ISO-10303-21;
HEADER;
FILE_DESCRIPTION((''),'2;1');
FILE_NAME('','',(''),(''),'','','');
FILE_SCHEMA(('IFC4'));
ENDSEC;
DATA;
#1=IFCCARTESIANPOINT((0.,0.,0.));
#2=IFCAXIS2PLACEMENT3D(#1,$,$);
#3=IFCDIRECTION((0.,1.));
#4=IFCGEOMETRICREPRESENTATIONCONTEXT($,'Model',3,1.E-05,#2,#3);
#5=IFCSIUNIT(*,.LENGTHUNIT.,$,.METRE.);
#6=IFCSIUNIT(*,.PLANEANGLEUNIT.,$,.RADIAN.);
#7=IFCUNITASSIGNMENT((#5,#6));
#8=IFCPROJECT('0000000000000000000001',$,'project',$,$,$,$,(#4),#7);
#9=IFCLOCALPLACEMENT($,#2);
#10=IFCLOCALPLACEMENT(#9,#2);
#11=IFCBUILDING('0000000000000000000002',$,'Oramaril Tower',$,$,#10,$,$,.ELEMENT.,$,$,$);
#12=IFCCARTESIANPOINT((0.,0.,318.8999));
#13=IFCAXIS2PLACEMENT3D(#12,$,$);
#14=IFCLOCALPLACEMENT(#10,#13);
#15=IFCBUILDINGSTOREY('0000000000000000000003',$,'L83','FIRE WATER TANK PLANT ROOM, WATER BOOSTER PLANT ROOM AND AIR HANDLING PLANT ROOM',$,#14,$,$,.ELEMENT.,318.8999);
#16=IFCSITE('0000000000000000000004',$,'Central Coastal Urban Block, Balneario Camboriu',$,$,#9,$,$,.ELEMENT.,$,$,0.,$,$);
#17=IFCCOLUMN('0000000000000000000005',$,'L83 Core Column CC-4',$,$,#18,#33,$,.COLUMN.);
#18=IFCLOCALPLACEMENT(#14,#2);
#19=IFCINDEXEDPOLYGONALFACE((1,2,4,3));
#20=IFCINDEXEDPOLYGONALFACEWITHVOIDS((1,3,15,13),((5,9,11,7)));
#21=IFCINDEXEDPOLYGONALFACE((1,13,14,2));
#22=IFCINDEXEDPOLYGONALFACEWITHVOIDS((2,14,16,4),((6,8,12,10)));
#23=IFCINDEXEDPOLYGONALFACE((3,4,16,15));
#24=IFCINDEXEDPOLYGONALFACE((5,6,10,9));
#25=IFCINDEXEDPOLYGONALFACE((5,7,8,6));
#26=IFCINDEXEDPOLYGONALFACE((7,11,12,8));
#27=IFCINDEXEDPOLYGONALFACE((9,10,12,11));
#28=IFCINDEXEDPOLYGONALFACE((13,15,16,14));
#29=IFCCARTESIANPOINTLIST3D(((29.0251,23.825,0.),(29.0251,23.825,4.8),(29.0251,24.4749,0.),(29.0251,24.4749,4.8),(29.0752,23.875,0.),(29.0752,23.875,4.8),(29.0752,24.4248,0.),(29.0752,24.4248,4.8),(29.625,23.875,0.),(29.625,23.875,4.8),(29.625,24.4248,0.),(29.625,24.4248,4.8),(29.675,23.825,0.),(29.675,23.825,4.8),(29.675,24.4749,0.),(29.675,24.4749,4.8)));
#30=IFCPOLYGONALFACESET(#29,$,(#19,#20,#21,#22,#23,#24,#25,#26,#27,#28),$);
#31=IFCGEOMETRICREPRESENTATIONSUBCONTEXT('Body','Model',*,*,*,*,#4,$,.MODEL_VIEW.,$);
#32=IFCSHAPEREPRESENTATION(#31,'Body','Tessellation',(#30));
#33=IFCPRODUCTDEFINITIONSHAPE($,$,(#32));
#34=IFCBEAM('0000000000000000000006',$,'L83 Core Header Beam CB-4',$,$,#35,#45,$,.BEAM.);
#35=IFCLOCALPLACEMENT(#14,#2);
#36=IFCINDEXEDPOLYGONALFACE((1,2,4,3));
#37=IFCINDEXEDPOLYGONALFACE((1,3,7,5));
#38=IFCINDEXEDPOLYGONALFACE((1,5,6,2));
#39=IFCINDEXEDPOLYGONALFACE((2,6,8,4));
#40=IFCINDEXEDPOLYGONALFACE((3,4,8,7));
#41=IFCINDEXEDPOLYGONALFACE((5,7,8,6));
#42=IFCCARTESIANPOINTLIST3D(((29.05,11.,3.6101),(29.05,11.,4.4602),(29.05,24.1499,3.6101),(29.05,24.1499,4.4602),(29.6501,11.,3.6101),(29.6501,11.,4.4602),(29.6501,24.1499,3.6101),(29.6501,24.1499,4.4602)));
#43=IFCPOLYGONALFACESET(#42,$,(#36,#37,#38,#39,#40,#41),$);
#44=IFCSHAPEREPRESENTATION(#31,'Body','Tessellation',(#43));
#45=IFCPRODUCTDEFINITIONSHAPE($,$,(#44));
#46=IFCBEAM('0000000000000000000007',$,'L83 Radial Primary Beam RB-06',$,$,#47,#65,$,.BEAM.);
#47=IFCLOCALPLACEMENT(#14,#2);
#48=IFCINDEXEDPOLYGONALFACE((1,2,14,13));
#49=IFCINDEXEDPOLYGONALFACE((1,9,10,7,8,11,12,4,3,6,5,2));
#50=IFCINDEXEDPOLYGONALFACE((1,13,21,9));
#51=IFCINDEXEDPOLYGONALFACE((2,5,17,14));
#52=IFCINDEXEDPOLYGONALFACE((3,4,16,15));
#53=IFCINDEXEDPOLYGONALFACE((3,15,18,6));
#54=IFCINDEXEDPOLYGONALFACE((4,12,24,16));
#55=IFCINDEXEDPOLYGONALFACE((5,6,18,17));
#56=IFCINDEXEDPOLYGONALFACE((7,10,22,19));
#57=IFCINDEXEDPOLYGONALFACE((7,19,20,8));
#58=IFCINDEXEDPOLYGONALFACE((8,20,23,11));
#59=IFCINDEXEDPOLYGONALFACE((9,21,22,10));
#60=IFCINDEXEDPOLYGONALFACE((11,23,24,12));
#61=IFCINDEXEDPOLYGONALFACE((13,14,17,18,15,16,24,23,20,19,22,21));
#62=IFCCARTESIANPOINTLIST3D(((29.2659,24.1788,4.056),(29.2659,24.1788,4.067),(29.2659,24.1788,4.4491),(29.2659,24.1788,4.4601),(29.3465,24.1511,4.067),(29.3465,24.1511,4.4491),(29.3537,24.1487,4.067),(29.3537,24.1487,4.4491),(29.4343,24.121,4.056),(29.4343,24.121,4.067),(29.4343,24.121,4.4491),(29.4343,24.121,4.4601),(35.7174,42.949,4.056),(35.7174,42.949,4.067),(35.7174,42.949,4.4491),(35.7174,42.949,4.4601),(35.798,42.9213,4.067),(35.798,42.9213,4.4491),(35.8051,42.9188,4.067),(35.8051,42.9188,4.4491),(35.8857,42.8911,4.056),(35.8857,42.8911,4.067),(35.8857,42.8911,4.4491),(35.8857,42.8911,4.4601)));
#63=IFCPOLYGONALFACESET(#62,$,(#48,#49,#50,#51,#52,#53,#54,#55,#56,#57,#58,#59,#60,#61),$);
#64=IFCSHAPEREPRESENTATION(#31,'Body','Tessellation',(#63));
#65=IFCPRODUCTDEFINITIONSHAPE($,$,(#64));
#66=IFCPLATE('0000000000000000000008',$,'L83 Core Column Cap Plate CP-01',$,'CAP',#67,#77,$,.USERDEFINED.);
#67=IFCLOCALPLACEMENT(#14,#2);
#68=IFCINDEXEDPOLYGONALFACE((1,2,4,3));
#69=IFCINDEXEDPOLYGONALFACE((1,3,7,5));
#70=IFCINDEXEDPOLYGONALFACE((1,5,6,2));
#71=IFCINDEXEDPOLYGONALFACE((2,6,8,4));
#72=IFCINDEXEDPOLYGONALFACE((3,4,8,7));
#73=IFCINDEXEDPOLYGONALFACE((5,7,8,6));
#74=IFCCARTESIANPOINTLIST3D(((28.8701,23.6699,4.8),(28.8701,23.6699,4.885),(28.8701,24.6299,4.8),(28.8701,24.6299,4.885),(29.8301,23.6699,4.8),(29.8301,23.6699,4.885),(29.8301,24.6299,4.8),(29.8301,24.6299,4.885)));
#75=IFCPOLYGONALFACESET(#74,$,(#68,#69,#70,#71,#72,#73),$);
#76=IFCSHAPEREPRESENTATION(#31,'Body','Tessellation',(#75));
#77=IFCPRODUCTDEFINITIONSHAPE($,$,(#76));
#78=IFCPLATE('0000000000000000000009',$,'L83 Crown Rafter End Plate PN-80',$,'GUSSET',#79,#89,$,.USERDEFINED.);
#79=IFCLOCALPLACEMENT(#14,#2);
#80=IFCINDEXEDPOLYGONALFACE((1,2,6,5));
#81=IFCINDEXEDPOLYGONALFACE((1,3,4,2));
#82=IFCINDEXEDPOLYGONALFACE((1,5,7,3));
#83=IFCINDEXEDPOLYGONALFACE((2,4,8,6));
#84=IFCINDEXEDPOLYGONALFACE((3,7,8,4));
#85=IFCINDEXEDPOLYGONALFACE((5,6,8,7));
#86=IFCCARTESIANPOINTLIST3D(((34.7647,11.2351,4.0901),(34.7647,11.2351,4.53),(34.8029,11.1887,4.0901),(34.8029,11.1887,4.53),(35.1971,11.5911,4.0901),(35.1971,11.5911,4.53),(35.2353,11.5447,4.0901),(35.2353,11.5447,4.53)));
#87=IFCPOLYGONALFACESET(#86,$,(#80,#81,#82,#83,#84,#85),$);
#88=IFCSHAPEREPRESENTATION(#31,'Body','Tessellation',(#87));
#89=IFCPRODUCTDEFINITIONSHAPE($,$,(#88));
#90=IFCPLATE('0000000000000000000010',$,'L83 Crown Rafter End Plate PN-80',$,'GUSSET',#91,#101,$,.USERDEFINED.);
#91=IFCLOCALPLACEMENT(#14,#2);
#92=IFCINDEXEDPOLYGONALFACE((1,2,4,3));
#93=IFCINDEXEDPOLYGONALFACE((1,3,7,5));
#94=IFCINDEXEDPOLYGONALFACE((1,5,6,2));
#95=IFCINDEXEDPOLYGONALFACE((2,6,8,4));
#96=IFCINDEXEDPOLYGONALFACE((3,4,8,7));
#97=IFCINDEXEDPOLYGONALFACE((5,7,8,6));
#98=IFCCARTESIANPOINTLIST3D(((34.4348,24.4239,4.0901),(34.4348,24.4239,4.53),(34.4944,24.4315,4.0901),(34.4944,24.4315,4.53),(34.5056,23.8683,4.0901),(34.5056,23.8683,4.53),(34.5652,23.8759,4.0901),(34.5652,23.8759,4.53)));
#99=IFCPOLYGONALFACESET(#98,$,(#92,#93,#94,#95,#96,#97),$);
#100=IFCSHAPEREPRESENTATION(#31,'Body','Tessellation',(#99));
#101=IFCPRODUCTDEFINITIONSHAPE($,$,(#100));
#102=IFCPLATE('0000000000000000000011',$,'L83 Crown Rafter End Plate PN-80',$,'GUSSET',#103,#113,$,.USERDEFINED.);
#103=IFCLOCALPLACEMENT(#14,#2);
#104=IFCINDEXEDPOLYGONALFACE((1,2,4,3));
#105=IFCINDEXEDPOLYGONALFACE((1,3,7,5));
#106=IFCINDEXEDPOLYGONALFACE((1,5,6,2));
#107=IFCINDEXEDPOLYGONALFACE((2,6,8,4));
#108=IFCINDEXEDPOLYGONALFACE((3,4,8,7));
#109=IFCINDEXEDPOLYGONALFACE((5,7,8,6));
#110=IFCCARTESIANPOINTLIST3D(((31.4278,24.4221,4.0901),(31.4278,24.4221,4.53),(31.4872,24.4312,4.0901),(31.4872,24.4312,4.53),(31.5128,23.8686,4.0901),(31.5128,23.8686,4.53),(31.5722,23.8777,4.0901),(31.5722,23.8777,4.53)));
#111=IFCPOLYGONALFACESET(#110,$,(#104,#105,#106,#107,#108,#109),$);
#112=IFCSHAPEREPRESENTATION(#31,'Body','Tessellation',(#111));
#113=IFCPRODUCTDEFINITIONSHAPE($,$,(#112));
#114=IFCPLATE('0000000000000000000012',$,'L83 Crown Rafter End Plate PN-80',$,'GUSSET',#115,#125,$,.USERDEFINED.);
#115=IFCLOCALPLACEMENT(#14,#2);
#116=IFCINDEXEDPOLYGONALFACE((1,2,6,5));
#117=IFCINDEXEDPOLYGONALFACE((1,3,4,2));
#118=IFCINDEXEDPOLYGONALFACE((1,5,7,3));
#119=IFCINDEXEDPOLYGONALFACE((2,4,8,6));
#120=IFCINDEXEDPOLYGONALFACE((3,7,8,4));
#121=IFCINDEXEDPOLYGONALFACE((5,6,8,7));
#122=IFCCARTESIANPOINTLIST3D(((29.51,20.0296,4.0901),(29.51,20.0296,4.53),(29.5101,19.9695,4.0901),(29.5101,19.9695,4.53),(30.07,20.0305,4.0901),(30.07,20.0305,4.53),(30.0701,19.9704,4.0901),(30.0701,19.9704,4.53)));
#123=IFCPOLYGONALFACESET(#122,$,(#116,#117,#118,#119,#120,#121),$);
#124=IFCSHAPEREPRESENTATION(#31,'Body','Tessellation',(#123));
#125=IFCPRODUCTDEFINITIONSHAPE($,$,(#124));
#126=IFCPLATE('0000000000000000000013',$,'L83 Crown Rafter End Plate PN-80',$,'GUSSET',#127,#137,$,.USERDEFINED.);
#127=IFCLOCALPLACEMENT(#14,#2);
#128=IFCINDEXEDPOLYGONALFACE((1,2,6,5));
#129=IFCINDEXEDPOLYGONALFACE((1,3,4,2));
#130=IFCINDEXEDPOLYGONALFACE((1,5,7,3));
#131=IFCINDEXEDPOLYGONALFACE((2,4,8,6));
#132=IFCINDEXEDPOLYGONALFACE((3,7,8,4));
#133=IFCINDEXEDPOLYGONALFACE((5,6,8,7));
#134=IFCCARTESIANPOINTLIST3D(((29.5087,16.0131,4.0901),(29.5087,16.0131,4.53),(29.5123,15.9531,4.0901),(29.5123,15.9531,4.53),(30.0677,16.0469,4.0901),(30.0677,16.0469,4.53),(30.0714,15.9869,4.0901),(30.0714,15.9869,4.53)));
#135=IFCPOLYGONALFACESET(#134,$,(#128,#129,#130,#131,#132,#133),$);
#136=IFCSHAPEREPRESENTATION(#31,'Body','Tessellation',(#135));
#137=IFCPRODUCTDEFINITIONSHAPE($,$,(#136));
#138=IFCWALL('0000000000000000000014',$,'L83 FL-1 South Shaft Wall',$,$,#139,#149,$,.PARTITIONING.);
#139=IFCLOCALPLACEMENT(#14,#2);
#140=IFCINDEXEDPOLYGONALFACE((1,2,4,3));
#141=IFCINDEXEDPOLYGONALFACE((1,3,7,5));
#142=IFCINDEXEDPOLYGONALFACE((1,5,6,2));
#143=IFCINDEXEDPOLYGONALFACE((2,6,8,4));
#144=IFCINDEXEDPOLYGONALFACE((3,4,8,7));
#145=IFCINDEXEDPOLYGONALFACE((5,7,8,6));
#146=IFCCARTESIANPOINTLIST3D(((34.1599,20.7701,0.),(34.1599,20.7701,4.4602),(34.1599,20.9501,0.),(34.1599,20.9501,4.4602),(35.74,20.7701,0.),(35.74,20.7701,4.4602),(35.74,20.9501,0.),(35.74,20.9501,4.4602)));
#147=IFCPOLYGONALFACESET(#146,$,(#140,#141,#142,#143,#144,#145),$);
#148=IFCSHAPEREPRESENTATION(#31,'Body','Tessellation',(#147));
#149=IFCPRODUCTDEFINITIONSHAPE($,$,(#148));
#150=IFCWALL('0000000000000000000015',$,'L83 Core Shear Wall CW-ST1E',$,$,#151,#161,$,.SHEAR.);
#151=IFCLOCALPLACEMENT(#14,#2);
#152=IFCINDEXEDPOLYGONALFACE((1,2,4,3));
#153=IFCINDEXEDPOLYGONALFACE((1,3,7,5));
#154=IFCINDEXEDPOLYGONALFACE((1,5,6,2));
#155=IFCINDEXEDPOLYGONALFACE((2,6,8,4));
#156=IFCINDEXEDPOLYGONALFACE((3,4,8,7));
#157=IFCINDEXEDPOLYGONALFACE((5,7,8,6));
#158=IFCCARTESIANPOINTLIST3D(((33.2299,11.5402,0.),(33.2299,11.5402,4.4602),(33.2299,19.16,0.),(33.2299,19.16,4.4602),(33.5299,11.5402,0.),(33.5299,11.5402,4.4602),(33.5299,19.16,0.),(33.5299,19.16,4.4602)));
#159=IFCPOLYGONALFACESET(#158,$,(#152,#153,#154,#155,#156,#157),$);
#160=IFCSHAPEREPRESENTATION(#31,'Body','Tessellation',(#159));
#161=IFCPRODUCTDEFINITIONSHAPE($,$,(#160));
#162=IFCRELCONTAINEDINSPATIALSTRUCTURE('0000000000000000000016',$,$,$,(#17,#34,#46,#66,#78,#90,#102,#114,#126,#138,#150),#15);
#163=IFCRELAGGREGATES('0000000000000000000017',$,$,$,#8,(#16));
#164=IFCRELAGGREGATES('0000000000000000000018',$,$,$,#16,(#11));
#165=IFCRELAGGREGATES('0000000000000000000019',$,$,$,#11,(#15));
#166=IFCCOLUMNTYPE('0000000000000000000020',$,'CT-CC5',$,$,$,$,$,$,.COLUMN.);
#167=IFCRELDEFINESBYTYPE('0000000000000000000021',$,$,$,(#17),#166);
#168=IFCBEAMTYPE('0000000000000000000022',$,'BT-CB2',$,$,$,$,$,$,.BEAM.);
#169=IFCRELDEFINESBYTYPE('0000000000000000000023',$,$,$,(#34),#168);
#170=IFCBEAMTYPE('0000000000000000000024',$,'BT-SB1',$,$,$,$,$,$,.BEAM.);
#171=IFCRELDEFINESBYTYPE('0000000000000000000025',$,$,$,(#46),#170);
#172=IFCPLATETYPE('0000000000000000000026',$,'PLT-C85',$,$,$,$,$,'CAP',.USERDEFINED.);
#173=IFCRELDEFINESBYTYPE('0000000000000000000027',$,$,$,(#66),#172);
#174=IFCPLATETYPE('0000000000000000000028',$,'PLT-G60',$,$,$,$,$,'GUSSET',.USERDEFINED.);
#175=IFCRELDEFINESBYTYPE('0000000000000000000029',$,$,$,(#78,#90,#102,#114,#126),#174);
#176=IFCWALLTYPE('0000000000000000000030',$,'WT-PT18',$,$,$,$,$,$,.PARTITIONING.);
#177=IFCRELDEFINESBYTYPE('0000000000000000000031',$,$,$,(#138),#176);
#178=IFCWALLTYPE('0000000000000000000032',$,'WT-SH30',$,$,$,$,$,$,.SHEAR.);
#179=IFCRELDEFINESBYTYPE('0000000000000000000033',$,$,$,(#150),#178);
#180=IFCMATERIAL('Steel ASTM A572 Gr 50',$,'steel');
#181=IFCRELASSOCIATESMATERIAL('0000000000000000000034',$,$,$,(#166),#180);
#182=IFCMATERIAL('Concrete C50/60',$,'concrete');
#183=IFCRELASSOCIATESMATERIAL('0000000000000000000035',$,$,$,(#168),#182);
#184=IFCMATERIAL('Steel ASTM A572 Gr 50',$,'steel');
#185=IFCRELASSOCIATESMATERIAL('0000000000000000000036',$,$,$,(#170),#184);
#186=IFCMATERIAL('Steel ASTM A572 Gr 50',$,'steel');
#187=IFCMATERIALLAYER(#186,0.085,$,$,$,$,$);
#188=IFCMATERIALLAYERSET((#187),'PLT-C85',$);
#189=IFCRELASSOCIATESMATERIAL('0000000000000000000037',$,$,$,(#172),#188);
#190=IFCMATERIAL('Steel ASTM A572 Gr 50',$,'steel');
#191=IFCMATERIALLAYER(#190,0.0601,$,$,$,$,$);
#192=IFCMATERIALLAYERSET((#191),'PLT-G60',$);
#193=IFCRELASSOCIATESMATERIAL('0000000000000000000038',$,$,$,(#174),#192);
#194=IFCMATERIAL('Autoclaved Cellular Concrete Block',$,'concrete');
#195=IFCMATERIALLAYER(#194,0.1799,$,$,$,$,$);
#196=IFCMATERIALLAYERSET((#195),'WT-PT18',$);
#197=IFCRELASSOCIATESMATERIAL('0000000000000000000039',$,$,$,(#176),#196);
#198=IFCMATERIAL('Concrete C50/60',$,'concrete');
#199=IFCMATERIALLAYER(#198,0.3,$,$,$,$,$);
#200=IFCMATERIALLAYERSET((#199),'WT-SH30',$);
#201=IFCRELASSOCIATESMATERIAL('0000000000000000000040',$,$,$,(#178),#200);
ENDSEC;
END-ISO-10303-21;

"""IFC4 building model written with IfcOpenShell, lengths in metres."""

from ifc_helpers import new_model, si_unit, direction, frame, frame_2d, origin, origin_2d, place, context, subcontext, project, spatial, rectangle, hollow_rectangle, i_section, extrude, material, layer, layer_set, material_profile, profile_set, type_object, element, save


model = new_model("IFC4")

# Units and contexts
model_context = context("Model", 3, precision=1e-05, world=origin(), true_north=direction((0.0, 1.0)))
body_context = subcontext(model_context, "Body", "Model", "MODEL_VIEW")
ifc_project = project(units=[si_unit("LENGTHUNIT", "METRE"), si_unit("PLANEANGLEUNIT", "RADIAN")], contexts=[model_context])

# Site, building, storey
site_placement = place(None, origin())
site = spatial("IfcSite", under=ifc_project, at=site_placement, Name="Central Coastal Urban Block, Balneario Camboriu", CompositionType="ELEMENT", RefElevation=0.0)
building_placement = place(site_placement, origin())
building = spatial("IfcBuilding", under=site, at=building_placement, Name="Oramaril Tower", CompositionType="ELEMENT")
storey_placement = place(building_placement, frame((0.0, 0.0, 318.8999)))
storey = spatial("IfcBuildingStorey", under=building, at=storey_placement, Name="L83", Description="FIRE WATER TANK PLANT ROOM, WATER BOOSTER PLANT ROOM AND AIR HANDLING PLANT ROOM", CompositionType="ELEMENT", Elevation=318.8999)

# Column
ifc_material_1 = material(Name="Steel ASTM A572 Gr 50", Category="steel")
ifc_material_profile_1 = material_profile(ifc_material_1, hollow_rectangle(XDim=0.6499, YDim=0.6499, WallThickness=0.05, at=origin_2d()), Name="BOX650X650X50")
ifc_profile_set_1 = profile_set([ifc_material_profile_1], Name="Steel ASTM A572 Gr 50")
column_type = type_object("IfcColumnType", Name="CT-CC5", PredefinedType="COLUMN", material=ifc_profile_set_1)
column_placement = place(storey_placement, frame((29.3501, 24.1499, 0.0), z_axis=(0.0, 0.0, 1.0), x_axis=(1.0, 0.0, 0.0)))
element("IfcColumn", 1, at=column_placement, inside=storey, type_object=column_type, Name="L83 Core Column CC-4", PredefinedType="COLUMN", context=body_context, shape_type="SweptSolid", body=[
    extrude(hollow_rectangle(XDim=0.6499, YDim=0.6499, WallThickness=0.05, at=origin_2d()), origin(), (0.0, 0.0, 1.0), 4.8),
])

# Beams
ifc_material_2 = material(Name="Concrete C50/60", Category="concrete")
ifc_material_profile_2 = material_profile(ifc_material_2, rectangle(XDim=0.6001, YDim=0.8501, at=origin_2d()), Name="CB600X850")
ifc_profile_set_2 = profile_set([ifc_material_profile_2], Name="Concrete C50/60")
beam_type_1 = type_object("IfcBeamType", Name="BT-CB2", PredefinedType="BEAM", material=ifc_profile_set_2)
beam_1_placement = place(storey_placement, frame((29.3501, 24.1499, 4.0352), z_axis=(0.0, -1.0, 0.0), x_axis=(1.0, 0.0, 0.0)))
element("IfcBeam", 2, at=beam_1_placement, inside=storey, type_object=beam_type_1, Name="L83 Core Header Beam CB-4", PredefinedType="BEAM", context=body_context, shape_type="SweptSolid", body=[
    extrude(rectangle(XDim=0.6001, YDim=0.8501, at=origin_2d()), origin(), (0.0, 0.0, 1.0), 13.1499),
])
ifc_material_3 = material(Name="Steel ASTM A572 Gr 50", Category="steel")
ifc_material_profile_3 = material_profile(ifc_material_3, i_section(OverallWidth=0.178, OverallDepth=0.4041, WebThickness=0.0076, FlangeThickness=0.011, at=origin_2d()), Name="W16X36")
ifc_profile_set_3 = profile_set([ifc_material_profile_3], Name="Steel ASTM A572 Gr 50")
beam_type_2 = type_object("IfcBeamType", Name="BT-SB1", PredefinedType="BEAM", material=ifc_profile_set_3)
beam_2_placement = place(storey_placement, frame((29.3501, 24.1499, 4.2581), z_axis=(0.325045, 0.945699, 0.0), x_axis=(-0.945699, 0.325045, 0.0)))
element("IfcBeam", 3, at=beam_2_placement, inside=storey, type_object=beam_type_2, Name="L83 Radial Primary Beam RB-06", PredefinedType="BEAM", context=body_context, shape_type="SweptSolid", body=[
    extrude(i_section(OverallWidth=0.178, OverallDepth=0.4041, WebThickness=0.0076, FlangeThickness=0.011, at=origin_2d()), origin(), (0.0, 0.0, 1.0), 19.8479),
])

# Plates
ifc_material_4 = material(Name="Steel ASTM A572 Gr 50", Category="steel")
ifc_layer_1 = layer(ifc_material_4, 0.085)
ifc_layer_set_1 = layer_set([ifc_layer_1], Name="PLT-C85")
plate_type_1 = type_object("IfcPlateType", Name="PLT-C85", ElementType="CAP", PredefinedType="USERDEFINED", material=ifc_layer_set_1)
plate_placement = place(storey_placement, frame((29.3501, 24.1499, 4.8), z_axis=(0.0, 0.0, 1.0), x_axis=(1.0, 0.0, 0.0)))
element("IfcPlate", 4, at=plate_placement, inside=storey, type_object=plate_type_1, Name="L83 Core Column Cap Plate CP-01", ObjectType="CAP", PredefinedType="USERDEFINED", context=body_context, shape_type="SweptSolid", body=[
    extrude(rectangle(XDim=0.96, YDim=0.96, at=origin_2d()), origin(), (0.0, 0.0, 1.0), 0.085),
])
ifc_material_5 = material(Name="Steel ASTM A572 Gr 50", Category="steel")
ifc_layer_2 = layer(ifc_material_5, 0.0601)
ifc_layer_set_2 = layer_set([ifc_layer_2], Name="PLT-G60")
plate_type_2 = type_object("IfcPlateType", Name="PLT-G60", ElementType="GUSSET", PredefinedType="USERDEFINED", material=ifc_layer_set_2)
for number, where, z_axis, x_axis, name in (
    (5, (35.0, 11.3899, 4.0901), (0.0, 0.0, 1.0), (0.771969, 0.635661, 0.0), "L83 Crown Rafter End Plate PN-80"),
    (6, (34.5, 24.1499, 4.0901), (0.0, 0.0, 1.0), (0.126455, -0.991972, 0.0), "L83 Crown Rafter End Plate PN-80"),
    (7, (31.5, 24.1499, 4.0901), (0.0, 0.0, 1.0), (0.151708, -0.988425, 0.0), "L83 Crown Rafter End Plate PN-80"),
    (8, (29.79, 20.0, 4.0901), (0.0, 0.0, 1.0), (0.999999, 0.001564, 0.0), "L83 Crown Rafter End Plate PN-80"),
    (9, (29.79, 16.0, 4.0901), (0.0, 0.0, 1.0), (0.998174, 0.0604, 0.0), "L83 Crown Rafter End Plate PN-80"),
):
    element("IfcPlate", number, at=place(storey_placement, frame(where, z_axis=z_axis, x_axis=x_axis)), inside=storey, type_object=plate_type_2, Name=name, ObjectType="GUSSET", PredefinedType="USERDEFINED", context=body_context, shape_type="SweptSolid", body=[
        extrude(rectangle(XDim=0.5601, YDim=0.0601, at=origin_2d()), origin(), (0.0, 0.0, 1.0), 0.4399),
    ])

# Wall
ifc_material_6 = material(Name="Autoclaved Cellular Concrete Block", Category="concrete")
ifc_layer_3 = layer(ifc_material_6, 0.1799)
ifc_layer_set_3 = layer_set([ifc_layer_3], Name="WT-PT18")
wall_type_1 = type_object("IfcWallType", Name="WT-PT18", PredefinedType="PARTITIONING", material=ifc_layer_set_3)
wall_1_placement = place(storey_placement, frame((34.1599, 20.8601, 0.0), z_axis=(0.0, 0.0, 1.0), x_axis=(1.0, 0.0, 0.0)))
element("IfcWall", 10, at=wall_1_placement, inside=storey, type_object=wall_type_1, Name="L83 FL-1 South Shaft Wall", PredefinedType="PARTITIONING", context=body_context, shape_type="SweptSolid", body=[
    extrude(rectangle(XDim=1.5801, YDim=0.1799, at=frame_2d((0.79, 0.0))), origin(), (0.0, 0.0, 1.0), 4.4602),
])

# Shared definitions
ifc_material_7 = material(Name="Concrete C50/60", Category="concrete")
ifc_layer_4 = layer(ifc_material_7, 0.3)
ifc_layer_set_4 = layer_set([ifc_layer_4], Name="WT-SH30")
wall_type_2 = type_object("IfcWallType", Name="WT-SH30", PredefinedType="SHEAR", material=ifc_layer_set_4)

# Wall
wall_2_placement = place(storey_placement, frame((33.3799, 11.54, 0.0), z_axis=(0.0, 0.0, 1.0), x_axis=(0.0, 1.0, 0.0)))
element("IfcWall", 11, at=wall_2_placement, inside=storey, type_object=wall_type_2, Name="L83 Core Shear Wall CW-ST1E", PredefinedType="SHEAR", context=body_context, shape_type="SweptSolid", body=[
    extrude(rectangle(XDim=7.6199, YDim=0.3, at=frame_2d((3.8101, 0.0))), origin(), (0.0, 0.0, 1.0), 4.4602),
])

save(model, "model.ifc")
